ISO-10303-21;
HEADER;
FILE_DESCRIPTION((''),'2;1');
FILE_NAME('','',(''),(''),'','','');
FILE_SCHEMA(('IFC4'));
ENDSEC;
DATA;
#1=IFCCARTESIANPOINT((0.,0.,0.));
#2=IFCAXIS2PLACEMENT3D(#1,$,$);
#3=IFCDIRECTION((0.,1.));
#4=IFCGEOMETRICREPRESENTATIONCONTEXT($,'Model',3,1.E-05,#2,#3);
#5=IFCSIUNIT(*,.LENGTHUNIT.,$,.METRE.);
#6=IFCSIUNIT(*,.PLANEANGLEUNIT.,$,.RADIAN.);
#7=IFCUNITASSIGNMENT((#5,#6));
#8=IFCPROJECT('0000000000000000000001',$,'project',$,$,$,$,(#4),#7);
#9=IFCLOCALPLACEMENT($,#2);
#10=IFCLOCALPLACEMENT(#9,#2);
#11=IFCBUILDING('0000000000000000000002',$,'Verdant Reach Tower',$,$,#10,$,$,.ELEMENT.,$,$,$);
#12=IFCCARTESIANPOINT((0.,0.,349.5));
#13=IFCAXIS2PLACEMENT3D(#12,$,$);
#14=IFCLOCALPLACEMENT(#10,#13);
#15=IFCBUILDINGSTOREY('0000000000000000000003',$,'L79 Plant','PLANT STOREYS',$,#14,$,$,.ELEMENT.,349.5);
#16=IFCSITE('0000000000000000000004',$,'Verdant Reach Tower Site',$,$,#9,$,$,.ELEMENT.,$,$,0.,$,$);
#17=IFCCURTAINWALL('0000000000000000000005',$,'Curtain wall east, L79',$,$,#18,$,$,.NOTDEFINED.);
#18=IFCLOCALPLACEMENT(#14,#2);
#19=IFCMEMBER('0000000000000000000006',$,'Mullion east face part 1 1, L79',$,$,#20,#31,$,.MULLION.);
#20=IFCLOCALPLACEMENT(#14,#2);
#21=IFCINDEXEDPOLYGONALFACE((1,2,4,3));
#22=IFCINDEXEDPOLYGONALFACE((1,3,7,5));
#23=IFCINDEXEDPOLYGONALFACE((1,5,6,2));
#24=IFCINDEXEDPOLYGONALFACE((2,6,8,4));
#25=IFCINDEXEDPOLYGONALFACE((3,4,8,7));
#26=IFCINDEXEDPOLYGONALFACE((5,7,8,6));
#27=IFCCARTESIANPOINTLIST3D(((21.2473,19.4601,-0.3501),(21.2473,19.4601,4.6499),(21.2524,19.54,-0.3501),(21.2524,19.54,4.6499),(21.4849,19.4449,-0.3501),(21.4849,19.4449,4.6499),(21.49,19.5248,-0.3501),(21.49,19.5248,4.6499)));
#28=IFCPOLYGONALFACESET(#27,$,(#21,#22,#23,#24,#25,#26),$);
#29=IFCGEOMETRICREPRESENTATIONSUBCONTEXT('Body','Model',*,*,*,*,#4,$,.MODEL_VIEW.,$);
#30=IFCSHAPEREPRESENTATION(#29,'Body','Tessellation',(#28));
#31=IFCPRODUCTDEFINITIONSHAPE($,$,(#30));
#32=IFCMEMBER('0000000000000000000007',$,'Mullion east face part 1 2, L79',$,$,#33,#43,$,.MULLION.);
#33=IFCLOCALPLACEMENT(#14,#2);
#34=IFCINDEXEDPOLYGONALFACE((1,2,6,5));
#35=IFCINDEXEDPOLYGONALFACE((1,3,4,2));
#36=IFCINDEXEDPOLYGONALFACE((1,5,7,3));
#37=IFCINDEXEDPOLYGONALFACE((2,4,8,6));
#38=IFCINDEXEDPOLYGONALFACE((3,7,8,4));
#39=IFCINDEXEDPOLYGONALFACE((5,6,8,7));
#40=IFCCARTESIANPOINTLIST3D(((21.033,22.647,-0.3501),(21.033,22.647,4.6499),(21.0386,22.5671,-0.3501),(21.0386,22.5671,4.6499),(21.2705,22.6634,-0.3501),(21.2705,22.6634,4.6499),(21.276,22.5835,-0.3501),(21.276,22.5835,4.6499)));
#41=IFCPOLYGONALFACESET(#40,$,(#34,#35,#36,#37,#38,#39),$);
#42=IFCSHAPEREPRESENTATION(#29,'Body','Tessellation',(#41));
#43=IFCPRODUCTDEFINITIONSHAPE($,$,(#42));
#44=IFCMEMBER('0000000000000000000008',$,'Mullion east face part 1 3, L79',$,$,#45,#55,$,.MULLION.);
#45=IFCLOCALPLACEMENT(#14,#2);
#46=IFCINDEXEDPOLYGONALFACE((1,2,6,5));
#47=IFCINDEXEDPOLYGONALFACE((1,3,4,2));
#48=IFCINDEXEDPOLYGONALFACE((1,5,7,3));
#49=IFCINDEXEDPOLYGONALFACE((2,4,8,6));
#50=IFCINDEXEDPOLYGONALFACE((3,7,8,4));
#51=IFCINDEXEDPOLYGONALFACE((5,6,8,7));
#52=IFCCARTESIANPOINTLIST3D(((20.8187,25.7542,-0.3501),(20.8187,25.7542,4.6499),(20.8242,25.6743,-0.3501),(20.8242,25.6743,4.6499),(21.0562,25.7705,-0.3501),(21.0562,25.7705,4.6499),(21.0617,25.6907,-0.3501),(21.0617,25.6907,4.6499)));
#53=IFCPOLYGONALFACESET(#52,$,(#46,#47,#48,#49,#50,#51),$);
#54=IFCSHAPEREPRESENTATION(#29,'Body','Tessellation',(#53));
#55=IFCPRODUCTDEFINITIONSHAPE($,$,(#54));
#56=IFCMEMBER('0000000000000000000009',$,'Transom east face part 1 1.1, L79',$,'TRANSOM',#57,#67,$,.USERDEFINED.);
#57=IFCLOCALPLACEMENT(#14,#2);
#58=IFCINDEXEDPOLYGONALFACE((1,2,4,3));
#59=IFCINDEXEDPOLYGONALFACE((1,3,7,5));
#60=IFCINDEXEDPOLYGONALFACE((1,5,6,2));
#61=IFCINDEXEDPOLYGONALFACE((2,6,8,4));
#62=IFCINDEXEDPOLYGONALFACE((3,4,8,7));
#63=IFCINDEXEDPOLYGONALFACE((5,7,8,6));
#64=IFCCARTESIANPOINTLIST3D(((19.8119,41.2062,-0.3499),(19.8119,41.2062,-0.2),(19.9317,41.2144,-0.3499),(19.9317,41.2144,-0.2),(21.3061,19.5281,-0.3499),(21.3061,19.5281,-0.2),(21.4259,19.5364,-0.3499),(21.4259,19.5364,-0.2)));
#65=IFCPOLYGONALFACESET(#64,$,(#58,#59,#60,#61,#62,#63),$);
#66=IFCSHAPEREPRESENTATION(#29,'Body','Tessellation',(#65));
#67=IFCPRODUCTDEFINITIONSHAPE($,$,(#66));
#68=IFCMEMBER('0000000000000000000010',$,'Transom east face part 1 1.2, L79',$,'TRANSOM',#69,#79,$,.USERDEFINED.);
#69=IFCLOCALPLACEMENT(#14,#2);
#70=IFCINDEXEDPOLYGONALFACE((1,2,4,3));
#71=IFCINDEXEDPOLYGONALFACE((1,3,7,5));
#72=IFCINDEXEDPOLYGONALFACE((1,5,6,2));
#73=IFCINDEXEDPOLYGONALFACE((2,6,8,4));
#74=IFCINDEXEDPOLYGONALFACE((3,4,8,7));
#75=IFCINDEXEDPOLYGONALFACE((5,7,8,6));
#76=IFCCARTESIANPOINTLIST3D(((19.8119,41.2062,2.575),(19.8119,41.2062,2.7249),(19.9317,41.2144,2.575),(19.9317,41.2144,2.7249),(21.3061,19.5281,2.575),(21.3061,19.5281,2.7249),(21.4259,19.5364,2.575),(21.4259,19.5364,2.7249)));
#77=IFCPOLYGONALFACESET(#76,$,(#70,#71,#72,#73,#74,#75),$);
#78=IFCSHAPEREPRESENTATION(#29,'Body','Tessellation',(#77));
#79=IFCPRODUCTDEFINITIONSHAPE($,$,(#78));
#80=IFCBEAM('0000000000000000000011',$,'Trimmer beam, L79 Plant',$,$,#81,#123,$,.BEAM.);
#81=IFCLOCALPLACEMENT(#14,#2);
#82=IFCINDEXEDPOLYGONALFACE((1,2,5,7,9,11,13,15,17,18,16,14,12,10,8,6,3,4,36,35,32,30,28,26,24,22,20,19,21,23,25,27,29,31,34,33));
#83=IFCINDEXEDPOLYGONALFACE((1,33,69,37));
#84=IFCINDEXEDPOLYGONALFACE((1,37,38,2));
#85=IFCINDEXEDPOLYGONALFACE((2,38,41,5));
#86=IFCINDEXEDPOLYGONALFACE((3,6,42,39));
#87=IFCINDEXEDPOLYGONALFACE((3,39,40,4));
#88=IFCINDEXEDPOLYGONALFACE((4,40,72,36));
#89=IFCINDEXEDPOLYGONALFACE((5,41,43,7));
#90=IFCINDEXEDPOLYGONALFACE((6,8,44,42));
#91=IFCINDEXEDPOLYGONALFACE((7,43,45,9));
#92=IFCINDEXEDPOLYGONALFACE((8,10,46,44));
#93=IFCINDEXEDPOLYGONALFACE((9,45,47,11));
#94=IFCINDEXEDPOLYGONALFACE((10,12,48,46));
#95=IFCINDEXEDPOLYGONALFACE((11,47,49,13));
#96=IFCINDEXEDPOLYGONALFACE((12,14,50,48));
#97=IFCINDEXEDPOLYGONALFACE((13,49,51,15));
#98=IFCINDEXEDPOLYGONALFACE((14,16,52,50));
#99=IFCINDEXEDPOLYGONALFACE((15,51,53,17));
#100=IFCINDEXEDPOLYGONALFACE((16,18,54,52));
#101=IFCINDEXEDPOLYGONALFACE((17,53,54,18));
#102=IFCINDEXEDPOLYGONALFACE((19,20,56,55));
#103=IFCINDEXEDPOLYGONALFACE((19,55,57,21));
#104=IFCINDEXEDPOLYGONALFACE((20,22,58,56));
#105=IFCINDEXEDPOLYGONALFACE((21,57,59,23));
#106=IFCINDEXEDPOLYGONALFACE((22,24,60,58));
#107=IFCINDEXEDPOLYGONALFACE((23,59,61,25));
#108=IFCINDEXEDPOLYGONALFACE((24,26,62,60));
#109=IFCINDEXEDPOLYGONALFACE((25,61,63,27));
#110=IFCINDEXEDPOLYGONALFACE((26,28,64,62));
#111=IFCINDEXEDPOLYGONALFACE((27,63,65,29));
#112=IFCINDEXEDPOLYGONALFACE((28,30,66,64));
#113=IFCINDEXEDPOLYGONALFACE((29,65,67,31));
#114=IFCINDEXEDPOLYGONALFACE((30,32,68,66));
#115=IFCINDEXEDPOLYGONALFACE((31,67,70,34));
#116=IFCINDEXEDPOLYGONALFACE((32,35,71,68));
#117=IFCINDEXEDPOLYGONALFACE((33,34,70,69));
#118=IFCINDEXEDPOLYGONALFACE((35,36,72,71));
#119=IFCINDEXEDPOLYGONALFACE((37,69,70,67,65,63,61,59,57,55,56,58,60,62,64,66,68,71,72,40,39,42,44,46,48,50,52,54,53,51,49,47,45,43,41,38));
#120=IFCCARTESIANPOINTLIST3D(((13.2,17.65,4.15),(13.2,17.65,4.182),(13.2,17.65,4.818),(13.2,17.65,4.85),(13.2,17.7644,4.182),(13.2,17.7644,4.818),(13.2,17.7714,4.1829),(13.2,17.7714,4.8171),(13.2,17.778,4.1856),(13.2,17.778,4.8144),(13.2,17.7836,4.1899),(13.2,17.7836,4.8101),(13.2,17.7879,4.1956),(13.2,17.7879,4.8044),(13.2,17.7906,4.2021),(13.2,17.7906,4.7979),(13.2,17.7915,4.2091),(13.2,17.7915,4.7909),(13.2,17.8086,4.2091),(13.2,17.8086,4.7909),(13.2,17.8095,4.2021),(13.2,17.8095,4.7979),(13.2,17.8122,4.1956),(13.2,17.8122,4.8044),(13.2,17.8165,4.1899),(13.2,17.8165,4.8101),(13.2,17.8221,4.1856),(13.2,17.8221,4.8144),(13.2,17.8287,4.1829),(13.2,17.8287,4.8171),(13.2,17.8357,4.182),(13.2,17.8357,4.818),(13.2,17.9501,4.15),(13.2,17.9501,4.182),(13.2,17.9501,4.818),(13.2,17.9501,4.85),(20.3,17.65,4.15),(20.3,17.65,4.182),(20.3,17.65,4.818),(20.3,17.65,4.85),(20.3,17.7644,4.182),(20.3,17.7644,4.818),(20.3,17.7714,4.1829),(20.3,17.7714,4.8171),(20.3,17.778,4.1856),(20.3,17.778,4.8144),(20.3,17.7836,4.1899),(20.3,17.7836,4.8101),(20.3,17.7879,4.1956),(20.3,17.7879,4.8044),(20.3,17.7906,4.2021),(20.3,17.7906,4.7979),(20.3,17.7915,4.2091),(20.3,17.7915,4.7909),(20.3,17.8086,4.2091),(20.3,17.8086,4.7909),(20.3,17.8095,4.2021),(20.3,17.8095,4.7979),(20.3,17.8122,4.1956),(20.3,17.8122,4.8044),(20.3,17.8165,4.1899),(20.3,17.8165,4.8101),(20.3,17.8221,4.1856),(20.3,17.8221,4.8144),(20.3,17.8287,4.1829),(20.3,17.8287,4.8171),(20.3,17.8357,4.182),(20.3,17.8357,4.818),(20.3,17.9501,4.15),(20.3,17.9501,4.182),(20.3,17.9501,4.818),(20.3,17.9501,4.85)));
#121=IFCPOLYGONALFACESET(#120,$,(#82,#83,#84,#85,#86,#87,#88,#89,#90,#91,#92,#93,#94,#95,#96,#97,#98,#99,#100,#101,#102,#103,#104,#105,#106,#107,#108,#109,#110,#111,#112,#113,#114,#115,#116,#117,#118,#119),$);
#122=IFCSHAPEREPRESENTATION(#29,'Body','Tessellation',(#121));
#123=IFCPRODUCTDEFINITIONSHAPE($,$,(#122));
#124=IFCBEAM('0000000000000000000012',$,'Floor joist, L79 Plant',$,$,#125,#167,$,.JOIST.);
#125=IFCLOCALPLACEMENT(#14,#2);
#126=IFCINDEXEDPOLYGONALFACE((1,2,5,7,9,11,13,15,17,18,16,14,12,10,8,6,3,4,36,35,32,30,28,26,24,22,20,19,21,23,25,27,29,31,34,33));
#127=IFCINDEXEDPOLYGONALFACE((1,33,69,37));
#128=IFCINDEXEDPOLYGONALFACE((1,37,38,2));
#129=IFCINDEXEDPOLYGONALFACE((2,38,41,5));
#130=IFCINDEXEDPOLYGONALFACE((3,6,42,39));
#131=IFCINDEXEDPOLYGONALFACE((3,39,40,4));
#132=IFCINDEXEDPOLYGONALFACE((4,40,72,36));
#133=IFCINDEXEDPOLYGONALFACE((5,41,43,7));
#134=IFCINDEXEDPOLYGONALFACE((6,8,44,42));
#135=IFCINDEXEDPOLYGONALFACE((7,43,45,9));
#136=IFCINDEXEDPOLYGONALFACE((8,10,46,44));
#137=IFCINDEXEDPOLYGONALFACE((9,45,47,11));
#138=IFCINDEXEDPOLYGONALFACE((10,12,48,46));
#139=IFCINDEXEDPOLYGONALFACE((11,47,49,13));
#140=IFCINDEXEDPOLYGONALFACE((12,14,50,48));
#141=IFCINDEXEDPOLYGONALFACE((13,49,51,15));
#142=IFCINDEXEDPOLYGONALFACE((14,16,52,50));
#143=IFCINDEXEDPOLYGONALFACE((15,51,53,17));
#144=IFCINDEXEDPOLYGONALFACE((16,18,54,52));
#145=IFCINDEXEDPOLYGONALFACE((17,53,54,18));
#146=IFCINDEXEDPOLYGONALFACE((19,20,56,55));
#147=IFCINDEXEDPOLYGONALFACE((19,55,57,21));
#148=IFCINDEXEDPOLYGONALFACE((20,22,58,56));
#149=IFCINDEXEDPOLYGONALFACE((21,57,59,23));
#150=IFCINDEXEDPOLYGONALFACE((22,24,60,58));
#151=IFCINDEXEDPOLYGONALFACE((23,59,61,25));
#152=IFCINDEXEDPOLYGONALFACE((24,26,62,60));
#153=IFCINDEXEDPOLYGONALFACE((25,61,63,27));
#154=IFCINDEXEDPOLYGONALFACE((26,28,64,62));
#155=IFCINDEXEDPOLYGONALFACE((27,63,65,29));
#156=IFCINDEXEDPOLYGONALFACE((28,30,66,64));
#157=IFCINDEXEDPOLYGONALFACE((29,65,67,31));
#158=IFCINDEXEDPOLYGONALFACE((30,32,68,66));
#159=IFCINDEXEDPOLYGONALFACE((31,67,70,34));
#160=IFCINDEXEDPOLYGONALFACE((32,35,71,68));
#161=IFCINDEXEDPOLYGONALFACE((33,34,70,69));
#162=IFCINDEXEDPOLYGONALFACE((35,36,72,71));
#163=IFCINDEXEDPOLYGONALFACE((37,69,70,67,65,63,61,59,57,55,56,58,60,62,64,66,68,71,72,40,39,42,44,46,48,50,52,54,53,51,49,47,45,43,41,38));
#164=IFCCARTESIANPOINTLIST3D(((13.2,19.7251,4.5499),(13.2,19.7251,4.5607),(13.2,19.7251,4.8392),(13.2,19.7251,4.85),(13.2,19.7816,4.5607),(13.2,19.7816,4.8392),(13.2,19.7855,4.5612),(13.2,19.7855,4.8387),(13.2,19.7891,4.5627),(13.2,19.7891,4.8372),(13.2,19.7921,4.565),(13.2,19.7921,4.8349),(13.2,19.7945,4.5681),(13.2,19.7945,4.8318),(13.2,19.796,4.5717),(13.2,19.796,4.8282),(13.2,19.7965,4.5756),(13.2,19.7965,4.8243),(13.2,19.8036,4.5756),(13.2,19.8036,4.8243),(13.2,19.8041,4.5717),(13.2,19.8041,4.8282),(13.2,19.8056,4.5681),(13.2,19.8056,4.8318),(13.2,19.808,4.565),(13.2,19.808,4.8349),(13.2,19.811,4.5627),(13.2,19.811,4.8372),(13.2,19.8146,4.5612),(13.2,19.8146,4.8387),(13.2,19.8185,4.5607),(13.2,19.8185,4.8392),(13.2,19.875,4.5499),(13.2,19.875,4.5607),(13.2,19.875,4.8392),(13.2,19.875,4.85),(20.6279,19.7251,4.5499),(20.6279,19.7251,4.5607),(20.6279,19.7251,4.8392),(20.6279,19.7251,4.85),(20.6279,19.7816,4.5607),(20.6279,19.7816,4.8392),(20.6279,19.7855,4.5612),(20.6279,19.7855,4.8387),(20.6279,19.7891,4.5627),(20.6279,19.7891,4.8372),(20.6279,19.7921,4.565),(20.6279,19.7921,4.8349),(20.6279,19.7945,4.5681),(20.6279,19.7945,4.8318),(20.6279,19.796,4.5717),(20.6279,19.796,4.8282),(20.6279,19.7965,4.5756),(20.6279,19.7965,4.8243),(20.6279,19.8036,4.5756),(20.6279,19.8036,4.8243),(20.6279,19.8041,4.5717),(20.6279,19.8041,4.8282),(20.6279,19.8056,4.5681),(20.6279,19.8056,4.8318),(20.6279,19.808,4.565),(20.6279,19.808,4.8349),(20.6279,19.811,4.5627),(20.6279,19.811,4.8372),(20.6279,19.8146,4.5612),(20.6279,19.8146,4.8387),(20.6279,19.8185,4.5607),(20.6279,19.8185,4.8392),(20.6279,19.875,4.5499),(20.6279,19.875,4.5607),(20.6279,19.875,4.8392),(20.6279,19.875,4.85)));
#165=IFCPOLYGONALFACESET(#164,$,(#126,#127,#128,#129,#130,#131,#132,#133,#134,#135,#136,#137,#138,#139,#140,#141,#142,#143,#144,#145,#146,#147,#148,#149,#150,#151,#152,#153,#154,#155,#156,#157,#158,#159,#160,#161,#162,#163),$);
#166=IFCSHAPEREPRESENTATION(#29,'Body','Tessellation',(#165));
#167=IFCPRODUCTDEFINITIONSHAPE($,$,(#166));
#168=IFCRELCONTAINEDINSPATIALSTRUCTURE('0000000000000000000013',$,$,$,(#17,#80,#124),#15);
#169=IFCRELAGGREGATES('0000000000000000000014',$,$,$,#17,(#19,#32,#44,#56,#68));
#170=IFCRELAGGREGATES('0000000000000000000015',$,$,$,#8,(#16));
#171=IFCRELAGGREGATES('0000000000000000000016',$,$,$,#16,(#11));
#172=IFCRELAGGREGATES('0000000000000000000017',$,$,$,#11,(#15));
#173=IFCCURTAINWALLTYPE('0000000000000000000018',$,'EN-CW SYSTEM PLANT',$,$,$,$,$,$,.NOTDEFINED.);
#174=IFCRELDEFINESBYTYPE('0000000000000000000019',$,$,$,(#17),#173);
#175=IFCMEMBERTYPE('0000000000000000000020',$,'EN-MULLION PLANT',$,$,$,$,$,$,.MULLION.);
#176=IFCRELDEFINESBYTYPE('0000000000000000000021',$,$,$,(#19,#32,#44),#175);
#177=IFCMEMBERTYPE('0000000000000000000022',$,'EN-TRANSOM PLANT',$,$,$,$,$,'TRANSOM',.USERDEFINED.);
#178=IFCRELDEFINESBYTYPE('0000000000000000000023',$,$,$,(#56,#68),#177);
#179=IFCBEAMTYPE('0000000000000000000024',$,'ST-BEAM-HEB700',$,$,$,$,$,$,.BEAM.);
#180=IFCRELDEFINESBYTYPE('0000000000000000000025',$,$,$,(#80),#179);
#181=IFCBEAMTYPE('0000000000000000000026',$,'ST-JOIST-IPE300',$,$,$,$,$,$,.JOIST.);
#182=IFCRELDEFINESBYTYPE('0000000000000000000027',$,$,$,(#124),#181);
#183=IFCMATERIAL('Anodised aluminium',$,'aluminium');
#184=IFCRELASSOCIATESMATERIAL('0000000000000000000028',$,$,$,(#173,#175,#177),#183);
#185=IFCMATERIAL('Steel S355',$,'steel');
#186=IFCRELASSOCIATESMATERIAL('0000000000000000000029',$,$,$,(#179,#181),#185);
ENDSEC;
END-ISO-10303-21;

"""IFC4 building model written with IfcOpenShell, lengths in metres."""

from ifc_helpers import new_model, si_unit, direction, frame, origin, origin_2d, place, context, subcontext, project, spatial, rectangle, i_section, extrude, material, material_profile, profile_set, type_object, element, aggregate, save


model = new_model("IFC4")

# Units and contexts
model_context = context("Model", 3, precision=1e-05, world=origin(), true_north=direction((0.0, 1.0)))
body_context = subcontext(model_context, "Body", "Model", "MODEL_VIEW")
ifc_project = project(units=[si_unit("LENGTHUNIT", "METRE"), si_unit("PLANEANGLEUNIT", "RADIAN")], contexts=[model_context])

# Site, building, storey
site_placement = place(None, origin())
site = spatial("IfcSite", under=ifc_project, at=site_placement, Name="Verdant Reach Tower Site", CompositionType="ELEMENT", RefElevation=0.0)
building_placement = place(site_placement, origin())
building = spatial("IfcBuilding", under=site, at=building_placement, Name="Verdant Reach Tower", CompositionType="ELEMENT")
storey_placement = place(building_placement, frame((0.0, 0.0, 349.5)))
storey = spatial("IfcBuildingStorey", under=building, at=storey_placement, Name="L79 Plant", Description="PLANT STOREYS", CompositionType="ELEMENT", Elevation=349.5)

# Curtain wall, members
ifc_material_1 = material(Name="Anodised aluminium", Category="aluminium")
curtain_wall_type = type_object("IfcCurtainWallType", Name="EN-CW SYSTEM PLANT", PredefinedType="NOTDEFINED", material=ifc_material_1)
curtain_wall_1_placement = place(storey_placement, origin())
curtain_wall_1 = element("IfcCurtainWall", 1, at=curtain_wall_1_placement, inside=storey, type_object=curtain_wall_type, Name="Curtain wall east, L79", PredefinedType="NOTDEFINED")
ifc_material_profile_1 = material_profile(ifc_material_1, rectangle(XDim=0.238, YDim=0.0801, at=origin_2d()), Name="Mullion 80x240")
ifc_profile_set_1 = profile_set([ifc_material_profile_1], Name="Anodised aluminium")
member_type_1 = type_object("IfcMemberType", Name="EN-MULLION PLANT", PredefinedType="MULLION", material=ifc_profile_set_1)
member_1_placement = place(storey_placement, frame((21.3687, 19.4924, -0.3501), z_axis=(0.0, 0.0, 1.0), x_axis=(0.997969, -0.063699, 0.0)))
member_1 = element("IfcMember", 2, at=member_1_placement, type_object=member_type_1, Name="Mullion east face part 1 1, L79", PredefinedType="MULLION", context=body_context, shape_type="SweptSolid", body=[
    extrude(rectangle(XDim=0.238, YDim=0.0801, at=origin_2d()), origin(), (0.0, 0.0, 1.0), 5.0),
])
member_2_placement = place(storey_placement, frame((21.1545, 22.6152, -0.3501), z_axis=(0.0, 0.0, 1.0), x_axis=(0.99763, 0.068802, 0.0)))
member_2 = element("IfcMember", 3, at=member_2_placement, type_object=member_type_1, Name="Mullion east face part 1 2, L79", PredefinedType="MULLION", context=body_context, shape_type="SweptSolid", body=[
    extrude(rectangle(XDim=0.238, YDim=0.0801, at=origin_2d()), origin(), (0.0, 0.0, 1.0), 5.0),
])
member_3_placement = place(storey_placement, frame((20.9402, 25.7224, -0.3501), z_axis=(0.0, 0.0, 1.0), x_axis=(0.99763, 0.068802, 0.0)))
member_3 = element("IfcMember", 4, at=member_3_placement, type_object=member_type_1, Name="Mullion east face part 1 3, L79", PredefinedType="MULLION", context=body_context, shape_type="SweptSolid", body=[
    extrude(rectangle(XDim=0.238, YDim=0.0801, at=origin_2d()), origin(), (0.0, 0.0, 1.0), 5.0),
])
ifc_material_profile_2 = material_profile(ifc_material_1, rectangle(XDim=0.1201, YDim=0.1499, at=origin_2d()), Name="Transom 150x120")
ifc_profile_set_2 = profile_set([ifc_material_profile_2], Name="Anodised aluminium")
member_type_2 = type_object("IfcMemberType", Name="EN-TRANSOM PLANT", ElementType="TRANSOM", PredefinedType="USERDEFINED", material=ifc_profile_set_2)
member_4_placement = place(storey_placement, frame((21.366, 19.5322, -0.2749), z_axis=(-0.068761, 0.997633, 0.0), x_axis=(-0.997633, -0.068761, 0.0)))
member_4 = element("IfcMember", 5, at=member_4_placement, type_object=member_type_2, Name="Transom east face part 1 1.1, L79", ObjectType="TRANSOM", PredefinedType="USERDEFINED", context=body_context, shape_type="SweptSolid", body=[
    extrude(rectangle(XDim=0.1201, YDim=0.1499, at=origin_2d()), origin(), (0.0, 0.0, 1.0), 21.7295),
])
member_5_placement = place(storey_placement, frame((21.366, 19.5322, 2.6499), z_axis=(-0.068761, 0.997633, 0.0), x_axis=(-0.997633, -0.068761, 0.0)))
member_5 = element("IfcMember", 6, at=member_5_placement, type_object=member_type_2, Name="Transom east face part 1 1.2, L79", ObjectType="TRANSOM", PredefinedType="USERDEFINED", context=body_context, shape_type="SweptSolid", body=[
    extrude(rectangle(XDim=0.1201, YDim=0.1499, at=origin_2d()), origin(), (0.0, 0.0, 1.0), 21.7295),
])

# Beams
ifc_material_2 = material(Name="Steel S355", Category="steel")
ifc_material_profile_3 = material_profile(ifc_material_2, i_section(OverallWidth=0.3, OverallDepth=0.7, WebThickness=0.0171, FlangeThickness=0.032, FilletRadius=0.0271, at=origin_2d()), Name="HEB 700")
ifc_profile_set_3 = profile_set([ifc_material_profile_3], Name="Steel S355")
beam_type_1 = type_object("IfcBeamType", Name="ST-BEAM-HEB700", PredefinedType="BEAM", material=ifc_profile_set_3)
beam_1_placement = place(storey_placement, frame((13.2, 17.8, 4.5), z_axis=(1.0, 0.0, 0.0), x_axis=(0.0, 1.0, 0.0)))
element("IfcBeam", 7, at=beam_1_placement, inside=storey, type_object=beam_type_1, Name="Trimmer beam, L79 Plant", PredefinedType="BEAM", context=body_context, shape_type="SweptSolid", body=[
    extrude(i_section(OverallWidth=0.3, OverallDepth=0.7, WebThickness=0.0171, FlangeThickness=0.032, FilletRadius=0.0271, at=origin_2d()), origin(), (0.0, 0.0, 1.0), 7.1001),
])
ifc_material_profile_4 = material_profile(ifc_material_2, i_section(OverallWidth=0.1499, OverallDepth=0.3, WebThickness=0.0071, FlangeThickness=0.0107, FilletRadius=0.0149, at=origin_2d()), Name="IPE 300")
ifc_profile_set_4 = profile_set([ifc_material_profile_4], Name="Steel S355")
beam_type_2 = type_object("IfcBeamType", Name="ST-JOIST-IPE300", PredefinedType="JOIST", material=ifc_profile_set_4)
beam_2_placement = place(storey_placement, frame((13.2, 19.8, 4.7), z_axis=(1.0, 0.0, 0.0), x_axis=(0.0, 1.0, 0.0)))
element("IfcBeam", 8, at=beam_2_placement, inside=storey, type_object=beam_type_2, Name="Floor joist, L79 Plant", PredefinedType="JOIST", context=body_context, shape_type="SweptSolid", body=[
    extrude(i_section(OverallWidth=0.1499, OverallDepth=0.3, WebThickness=0.0071, FlangeThickness=0.0107, FilletRadius=0.0149, at=origin_2d()), origin(), (0.0, 0.0, 1.0), 7.428),
])

aggregate(curtain_wall_1, [member_1, member_2, member_3, member_4, member_5])

save(model, "model.ifc")
